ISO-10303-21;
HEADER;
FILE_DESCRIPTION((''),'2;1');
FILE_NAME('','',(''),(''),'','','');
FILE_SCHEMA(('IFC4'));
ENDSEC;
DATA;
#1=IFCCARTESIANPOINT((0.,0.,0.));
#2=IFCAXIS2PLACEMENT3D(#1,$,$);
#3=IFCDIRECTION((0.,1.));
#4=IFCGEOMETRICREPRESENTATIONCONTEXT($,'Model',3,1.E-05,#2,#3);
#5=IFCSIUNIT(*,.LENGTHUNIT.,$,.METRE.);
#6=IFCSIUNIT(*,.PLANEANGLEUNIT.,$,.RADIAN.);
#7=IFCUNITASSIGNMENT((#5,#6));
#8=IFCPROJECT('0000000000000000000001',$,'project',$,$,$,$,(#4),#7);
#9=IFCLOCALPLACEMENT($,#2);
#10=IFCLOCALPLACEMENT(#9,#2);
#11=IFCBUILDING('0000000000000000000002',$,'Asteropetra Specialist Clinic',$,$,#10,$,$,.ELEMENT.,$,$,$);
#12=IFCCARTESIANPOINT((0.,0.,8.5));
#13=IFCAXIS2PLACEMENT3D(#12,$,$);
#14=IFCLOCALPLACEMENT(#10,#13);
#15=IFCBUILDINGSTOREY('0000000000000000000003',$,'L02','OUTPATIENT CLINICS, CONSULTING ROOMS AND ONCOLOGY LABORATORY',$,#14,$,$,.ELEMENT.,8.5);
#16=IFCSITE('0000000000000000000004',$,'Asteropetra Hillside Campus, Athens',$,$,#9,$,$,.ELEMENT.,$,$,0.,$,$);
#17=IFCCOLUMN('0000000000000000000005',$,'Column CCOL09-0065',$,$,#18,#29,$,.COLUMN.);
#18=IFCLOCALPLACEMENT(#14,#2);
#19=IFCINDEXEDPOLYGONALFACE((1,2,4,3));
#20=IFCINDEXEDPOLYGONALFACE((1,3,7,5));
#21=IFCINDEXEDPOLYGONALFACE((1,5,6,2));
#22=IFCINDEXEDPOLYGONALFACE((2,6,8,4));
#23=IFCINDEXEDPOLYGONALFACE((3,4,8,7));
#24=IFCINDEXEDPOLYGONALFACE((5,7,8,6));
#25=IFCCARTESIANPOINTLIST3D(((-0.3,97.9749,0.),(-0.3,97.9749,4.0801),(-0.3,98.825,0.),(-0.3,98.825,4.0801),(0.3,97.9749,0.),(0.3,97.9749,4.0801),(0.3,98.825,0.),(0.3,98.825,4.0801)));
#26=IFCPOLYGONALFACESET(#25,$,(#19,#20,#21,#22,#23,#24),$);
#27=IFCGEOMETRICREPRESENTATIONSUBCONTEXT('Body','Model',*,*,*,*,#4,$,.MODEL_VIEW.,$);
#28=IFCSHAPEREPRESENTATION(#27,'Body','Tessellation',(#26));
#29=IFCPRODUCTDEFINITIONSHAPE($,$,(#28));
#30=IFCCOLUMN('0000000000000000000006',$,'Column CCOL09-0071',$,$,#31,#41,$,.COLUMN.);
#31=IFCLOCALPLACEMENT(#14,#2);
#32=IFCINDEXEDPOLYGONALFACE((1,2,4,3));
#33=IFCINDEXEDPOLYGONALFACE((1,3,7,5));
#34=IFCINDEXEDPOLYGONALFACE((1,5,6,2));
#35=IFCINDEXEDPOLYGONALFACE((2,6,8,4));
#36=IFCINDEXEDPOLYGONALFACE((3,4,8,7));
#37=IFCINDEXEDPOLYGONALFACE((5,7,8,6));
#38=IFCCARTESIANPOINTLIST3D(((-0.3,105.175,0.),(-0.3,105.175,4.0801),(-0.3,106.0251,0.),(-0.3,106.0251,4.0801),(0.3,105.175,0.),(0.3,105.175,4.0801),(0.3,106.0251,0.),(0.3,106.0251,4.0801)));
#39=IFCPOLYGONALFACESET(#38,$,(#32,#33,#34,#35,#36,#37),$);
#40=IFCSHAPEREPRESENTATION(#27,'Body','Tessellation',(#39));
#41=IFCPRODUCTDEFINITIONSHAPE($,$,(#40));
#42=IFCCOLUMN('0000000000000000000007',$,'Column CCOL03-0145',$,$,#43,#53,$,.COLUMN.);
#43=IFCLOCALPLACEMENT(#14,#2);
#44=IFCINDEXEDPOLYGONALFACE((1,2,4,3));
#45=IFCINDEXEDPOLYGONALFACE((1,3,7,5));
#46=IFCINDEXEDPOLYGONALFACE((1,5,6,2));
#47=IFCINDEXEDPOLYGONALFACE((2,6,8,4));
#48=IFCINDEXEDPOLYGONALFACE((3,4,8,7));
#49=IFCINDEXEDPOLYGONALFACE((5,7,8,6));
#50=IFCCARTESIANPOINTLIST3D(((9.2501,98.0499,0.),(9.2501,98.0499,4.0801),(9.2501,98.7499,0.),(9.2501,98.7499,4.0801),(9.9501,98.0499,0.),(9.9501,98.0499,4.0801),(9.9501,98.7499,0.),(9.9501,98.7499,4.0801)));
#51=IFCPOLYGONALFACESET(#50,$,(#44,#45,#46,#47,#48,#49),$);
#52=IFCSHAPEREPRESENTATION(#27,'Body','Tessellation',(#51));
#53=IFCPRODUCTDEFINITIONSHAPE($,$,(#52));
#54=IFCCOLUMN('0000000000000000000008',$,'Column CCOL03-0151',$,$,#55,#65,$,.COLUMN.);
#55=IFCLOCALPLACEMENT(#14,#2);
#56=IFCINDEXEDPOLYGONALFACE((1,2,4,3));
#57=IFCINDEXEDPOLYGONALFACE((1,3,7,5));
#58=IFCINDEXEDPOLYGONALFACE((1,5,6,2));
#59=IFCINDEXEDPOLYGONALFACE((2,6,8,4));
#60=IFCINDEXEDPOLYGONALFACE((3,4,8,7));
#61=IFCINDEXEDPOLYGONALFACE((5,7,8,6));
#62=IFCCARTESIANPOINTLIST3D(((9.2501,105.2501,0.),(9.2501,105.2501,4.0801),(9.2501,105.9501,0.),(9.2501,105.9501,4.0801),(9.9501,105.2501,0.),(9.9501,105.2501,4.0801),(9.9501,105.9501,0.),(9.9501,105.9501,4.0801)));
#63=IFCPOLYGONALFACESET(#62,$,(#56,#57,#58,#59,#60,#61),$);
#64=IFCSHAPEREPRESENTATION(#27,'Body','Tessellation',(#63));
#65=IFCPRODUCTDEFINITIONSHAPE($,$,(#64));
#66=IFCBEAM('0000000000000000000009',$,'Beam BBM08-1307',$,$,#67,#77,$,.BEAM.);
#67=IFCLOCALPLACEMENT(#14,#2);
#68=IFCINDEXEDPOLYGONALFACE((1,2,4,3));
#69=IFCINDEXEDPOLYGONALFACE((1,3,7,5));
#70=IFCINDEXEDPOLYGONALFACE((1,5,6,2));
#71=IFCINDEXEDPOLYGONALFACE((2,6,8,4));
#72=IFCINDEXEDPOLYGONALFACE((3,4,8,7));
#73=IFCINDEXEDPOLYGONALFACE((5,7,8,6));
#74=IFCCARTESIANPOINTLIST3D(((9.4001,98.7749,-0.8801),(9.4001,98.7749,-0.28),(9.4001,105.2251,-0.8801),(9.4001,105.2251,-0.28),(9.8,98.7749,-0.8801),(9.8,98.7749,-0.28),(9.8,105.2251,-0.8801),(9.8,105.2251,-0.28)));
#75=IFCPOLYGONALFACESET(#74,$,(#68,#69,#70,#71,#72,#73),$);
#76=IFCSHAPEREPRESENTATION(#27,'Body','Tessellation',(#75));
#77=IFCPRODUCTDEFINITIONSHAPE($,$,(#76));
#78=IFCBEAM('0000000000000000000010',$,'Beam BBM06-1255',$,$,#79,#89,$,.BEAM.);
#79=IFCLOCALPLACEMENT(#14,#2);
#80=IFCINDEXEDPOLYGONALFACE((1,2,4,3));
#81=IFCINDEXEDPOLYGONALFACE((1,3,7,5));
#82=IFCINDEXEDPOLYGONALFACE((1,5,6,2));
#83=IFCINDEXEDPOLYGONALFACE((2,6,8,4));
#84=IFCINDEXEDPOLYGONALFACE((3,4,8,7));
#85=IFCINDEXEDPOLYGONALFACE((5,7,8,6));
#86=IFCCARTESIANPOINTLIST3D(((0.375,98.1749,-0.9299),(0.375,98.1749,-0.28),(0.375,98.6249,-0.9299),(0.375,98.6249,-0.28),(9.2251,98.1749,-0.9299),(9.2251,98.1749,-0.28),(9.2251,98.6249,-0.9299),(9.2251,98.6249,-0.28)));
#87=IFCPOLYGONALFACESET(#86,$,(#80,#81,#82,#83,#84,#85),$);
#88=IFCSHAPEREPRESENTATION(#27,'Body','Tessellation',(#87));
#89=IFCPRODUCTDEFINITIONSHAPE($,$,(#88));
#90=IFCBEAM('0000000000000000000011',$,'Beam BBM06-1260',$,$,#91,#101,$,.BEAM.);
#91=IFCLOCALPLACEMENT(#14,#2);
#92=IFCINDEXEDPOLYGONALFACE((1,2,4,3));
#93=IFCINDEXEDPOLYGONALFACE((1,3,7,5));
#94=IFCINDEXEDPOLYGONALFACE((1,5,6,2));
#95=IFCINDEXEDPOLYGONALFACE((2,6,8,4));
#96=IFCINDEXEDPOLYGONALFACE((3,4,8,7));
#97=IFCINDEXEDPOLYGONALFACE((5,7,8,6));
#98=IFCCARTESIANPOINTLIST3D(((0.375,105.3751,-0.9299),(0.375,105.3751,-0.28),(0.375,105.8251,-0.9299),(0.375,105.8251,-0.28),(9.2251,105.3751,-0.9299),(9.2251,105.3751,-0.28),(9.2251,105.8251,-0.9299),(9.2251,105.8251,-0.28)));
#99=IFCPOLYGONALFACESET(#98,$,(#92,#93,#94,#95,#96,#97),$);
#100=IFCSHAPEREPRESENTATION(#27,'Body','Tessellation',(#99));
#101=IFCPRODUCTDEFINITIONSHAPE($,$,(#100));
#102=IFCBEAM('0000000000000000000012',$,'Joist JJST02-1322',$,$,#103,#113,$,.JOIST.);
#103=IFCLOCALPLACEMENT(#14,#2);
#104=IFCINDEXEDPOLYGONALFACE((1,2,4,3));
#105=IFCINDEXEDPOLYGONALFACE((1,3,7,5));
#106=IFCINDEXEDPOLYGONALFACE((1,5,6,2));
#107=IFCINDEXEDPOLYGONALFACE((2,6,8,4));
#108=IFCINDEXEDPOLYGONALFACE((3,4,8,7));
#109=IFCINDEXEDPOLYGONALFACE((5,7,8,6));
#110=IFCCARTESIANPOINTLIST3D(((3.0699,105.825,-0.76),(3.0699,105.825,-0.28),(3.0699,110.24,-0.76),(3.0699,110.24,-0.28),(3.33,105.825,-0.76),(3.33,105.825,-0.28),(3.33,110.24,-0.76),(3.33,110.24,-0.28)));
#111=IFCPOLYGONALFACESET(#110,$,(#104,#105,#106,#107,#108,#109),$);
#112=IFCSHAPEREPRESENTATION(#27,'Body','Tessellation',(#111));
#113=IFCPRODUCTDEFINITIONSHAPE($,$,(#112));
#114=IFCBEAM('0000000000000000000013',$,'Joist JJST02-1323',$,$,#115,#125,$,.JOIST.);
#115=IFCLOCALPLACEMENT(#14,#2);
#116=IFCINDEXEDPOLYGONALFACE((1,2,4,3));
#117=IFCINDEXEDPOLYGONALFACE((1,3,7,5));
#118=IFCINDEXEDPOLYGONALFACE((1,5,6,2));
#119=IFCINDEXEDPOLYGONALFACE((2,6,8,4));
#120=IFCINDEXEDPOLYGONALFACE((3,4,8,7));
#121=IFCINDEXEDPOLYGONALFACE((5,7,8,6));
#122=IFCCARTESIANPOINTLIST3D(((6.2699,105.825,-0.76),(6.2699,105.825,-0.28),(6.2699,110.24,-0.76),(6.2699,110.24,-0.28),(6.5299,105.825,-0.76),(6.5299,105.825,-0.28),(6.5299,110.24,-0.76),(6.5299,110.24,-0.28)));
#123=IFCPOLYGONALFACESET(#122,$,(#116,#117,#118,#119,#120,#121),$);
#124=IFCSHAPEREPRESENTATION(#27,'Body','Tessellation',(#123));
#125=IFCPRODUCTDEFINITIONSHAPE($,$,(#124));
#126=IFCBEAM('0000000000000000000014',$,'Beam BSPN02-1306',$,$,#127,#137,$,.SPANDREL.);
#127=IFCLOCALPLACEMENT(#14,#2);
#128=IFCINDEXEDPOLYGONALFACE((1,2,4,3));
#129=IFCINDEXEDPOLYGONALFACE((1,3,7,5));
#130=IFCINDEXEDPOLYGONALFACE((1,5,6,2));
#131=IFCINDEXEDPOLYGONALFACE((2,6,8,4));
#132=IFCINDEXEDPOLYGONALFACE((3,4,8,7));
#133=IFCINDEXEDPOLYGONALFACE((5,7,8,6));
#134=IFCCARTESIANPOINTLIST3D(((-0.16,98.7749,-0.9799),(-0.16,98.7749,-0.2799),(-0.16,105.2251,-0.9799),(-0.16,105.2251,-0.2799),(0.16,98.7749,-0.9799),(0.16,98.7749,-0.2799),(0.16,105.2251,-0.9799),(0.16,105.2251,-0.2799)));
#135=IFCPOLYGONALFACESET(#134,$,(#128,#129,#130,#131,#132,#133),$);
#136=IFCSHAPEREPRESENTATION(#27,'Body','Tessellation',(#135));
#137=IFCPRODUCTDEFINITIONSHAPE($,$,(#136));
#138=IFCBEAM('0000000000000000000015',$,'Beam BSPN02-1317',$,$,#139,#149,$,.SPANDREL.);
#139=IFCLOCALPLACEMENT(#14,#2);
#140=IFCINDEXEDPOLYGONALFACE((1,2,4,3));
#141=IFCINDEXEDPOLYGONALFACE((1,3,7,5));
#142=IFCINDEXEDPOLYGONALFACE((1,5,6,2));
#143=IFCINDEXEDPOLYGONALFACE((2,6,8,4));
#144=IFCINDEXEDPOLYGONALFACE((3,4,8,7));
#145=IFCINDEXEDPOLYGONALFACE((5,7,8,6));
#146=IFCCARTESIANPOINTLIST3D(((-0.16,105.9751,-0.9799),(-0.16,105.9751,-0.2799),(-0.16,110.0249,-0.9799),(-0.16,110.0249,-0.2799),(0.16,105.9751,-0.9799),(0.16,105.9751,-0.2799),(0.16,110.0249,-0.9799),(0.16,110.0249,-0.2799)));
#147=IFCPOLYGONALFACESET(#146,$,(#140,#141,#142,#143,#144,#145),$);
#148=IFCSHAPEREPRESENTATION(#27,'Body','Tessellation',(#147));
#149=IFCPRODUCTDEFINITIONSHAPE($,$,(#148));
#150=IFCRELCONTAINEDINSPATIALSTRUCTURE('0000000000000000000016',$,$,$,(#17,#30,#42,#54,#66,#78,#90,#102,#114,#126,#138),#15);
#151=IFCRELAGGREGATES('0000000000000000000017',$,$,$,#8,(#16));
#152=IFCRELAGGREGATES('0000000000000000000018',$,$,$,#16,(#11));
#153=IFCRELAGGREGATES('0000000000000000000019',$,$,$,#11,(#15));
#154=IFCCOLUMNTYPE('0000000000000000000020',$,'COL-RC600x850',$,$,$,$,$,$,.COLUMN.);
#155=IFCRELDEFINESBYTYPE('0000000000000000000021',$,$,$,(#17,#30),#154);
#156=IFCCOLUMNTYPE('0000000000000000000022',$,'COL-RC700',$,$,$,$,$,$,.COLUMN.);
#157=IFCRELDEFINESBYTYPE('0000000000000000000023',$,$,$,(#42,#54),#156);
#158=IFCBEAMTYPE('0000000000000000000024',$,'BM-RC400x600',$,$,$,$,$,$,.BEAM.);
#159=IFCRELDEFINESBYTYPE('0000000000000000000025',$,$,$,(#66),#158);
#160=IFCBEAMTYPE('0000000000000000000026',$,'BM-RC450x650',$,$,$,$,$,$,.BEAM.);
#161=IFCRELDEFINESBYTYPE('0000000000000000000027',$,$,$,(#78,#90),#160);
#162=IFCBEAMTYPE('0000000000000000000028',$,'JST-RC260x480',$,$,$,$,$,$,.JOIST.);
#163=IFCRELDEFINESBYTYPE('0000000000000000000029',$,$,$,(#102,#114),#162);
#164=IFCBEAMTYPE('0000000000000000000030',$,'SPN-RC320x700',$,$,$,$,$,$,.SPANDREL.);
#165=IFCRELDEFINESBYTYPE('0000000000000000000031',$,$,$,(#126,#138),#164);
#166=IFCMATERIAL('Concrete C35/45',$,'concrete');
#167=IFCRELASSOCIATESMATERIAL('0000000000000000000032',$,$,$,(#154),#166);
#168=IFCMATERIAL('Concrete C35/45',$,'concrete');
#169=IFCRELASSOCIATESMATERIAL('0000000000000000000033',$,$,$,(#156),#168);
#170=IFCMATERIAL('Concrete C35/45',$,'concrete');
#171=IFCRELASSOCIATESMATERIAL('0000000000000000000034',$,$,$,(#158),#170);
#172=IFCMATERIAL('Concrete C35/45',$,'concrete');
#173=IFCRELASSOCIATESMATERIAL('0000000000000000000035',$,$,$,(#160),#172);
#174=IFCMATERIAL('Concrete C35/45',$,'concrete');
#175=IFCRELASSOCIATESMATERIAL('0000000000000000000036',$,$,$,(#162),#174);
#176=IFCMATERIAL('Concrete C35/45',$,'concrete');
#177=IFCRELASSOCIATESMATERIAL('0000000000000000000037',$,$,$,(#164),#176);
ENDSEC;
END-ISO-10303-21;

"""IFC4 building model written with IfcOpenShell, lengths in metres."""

from ifc_helpers import new_model, si_unit, direction, frame, origin, origin_2d, place, context, subcontext, project, spatial, rectangle, extrude, material, material_profile, profile_set, type_object, element, save


model = new_model("IFC4")

# Units and contexts
model_context = context("Model", 3, precision=1e-05, world=origin(), true_north=direction((0.0, 1.0)))
body_context = subcontext(model_context, "Body", "Model", "MODEL_VIEW")
ifc_project = project(units=[si_unit("LENGTHUNIT", "METRE"), si_unit("PLANEANGLEUNIT", "RADIAN")], contexts=[model_context])

# Site, building, storey
site_placement = place(None, origin())
site = spatial("IfcSite", under=ifc_project, at=site_placement, Name="Asteropetra Hillside Campus, Athens", CompositionType="ELEMENT", RefElevation=0.0)
building_placement = place(site_placement, origin())
building = spatial("IfcBuilding", under=site, at=building_placement, Name="Asteropetra Specialist Clinic", CompositionType="ELEMENT")
storey_placement = place(building_placement, frame((0.0, 0.0, 8.5)))
storey = spatial("IfcBuildingStorey", under=building, at=storey_placement, Name="L02", Description="OUTPATIENT CLINICS, CONSULTING ROOMS AND ONCOLOGY LABORATORY", CompositionType="ELEMENT", Elevation=8.5)

# Columns
ifc_material_1 = material(Name="Concrete C35/45", Category="concrete")
ifc_material_profile_1 = material_profile(ifc_material_1, rectangle(XDim=0.6001, YDim=0.8501, at=origin_2d()), Name="RC 600x850")
ifc_profile_set_1 = profile_set([ifc_material_profile_1], Name="Concrete C35/45")
column_type_1 = type_object("IfcColumnType", Name="COL-RC600x850", PredefinedType="COLUMN", material=ifc_profile_set_1)
for number, where, z_axis, x_axis, name in (
    (1, (0.0, 98.3999, 0.0), (0.0, 0.0, 1.0), (1.0, 0.0, 0.0), "Column CCOL09-0065"),
    (2, (0.0, 105.6001, 0.0), (0.0, 0.0, 1.0), (1.0, 0.0, 0.0), "Column CCOL09-0071"),
):
    element("IfcColumn", number, at=place(storey_placement, frame(where, z_axis=z_axis, x_axis=x_axis)), inside=storey, type_object=column_type_1, Name=name, PredefinedType="COLUMN", context=body_context, shape_type="SweptSolid", body=[
        extrude(rectangle(XDim=0.6001, YDim=0.8501, at=origin_2d()), origin(), (0.0, 0.0, 1.0), 4.0801),
    ])
ifc_material_2 = material(Name="Concrete C35/45", Category="concrete")
ifc_material_profile_2 = material_profile(ifc_material_2, rectangle(XDim=0.7, YDim=0.7, at=origin_2d()), Name="RC 700x700")
ifc_profile_set_2 = profile_set([ifc_material_profile_2], Name="Concrete C35/45")
column_type_2 = type_object("IfcColumnType", Name="COL-RC700", PredefinedType="COLUMN", material=ifc_profile_set_2)
for number, where, z_axis, x_axis, name in (
    (3, (9.6001, 98.3999, 0.0), (0.0, 0.0, 1.0), (1.0, 0.0, 0.0), "Column CCOL03-0145"),
    (4, (9.6001, 105.6001, 0.0), (0.0, 0.0, 1.0), (1.0, 0.0, 0.0), "Column CCOL03-0151"),
):
    element("IfcColumn", number, at=place(storey_placement, frame(where, z_axis=z_axis, x_axis=x_axis)), inside=storey, type_object=column_type_2, Name=name, PredefinedType="COLUMN", context=body_context, shape_type="SweptSolid", body=[
        extrude(rectangle(XDim=0.7, YDim=0.7, at=origin_2d()), origin(), (0.0, 0.0, 1.0), 4.0801),
    ])

# Beams
ifc_material_3 = material(Name="Concrete C35/45", Category="concrete")
ifc_material_profile_3 = material_profile(ifc_material_3, rectangle(XDim=0.3999, YDim=0.6001, at=origin_2d()), Name="RCB 400x600")
ifc_profile_set_3 = profile_set([ifc_material_profile_3], Name="Concrete C35/45")
beam_type_1 = type_object("IfcBeamType", Name="BM-RC400x600", PredefinedType="BEAM", material=ifc_profile_set_3)
beam_1_placement = place(storey_placement, frame((9.6001, 98.7749, -0.5801), z_axis=(0.0, 1.0, 0.0), x_axis=(-1.0, 0.0, 0.0)))
element("IfcBeam", 5, at=beam_1_placement, inside=storey, type_object=beam_type_1, Name="Beam BBM08-1307", PredefinedType="BEAM", context=body_context, shape_type="SweptSolid", body=[
    extrude(rectangle(XDim=0.3999, YDim=0.6001, at=origin_2d()), origin(), (0.0, 0.0, 1.0), 6.4502),
])
ifc_material_4 = material(Name="Concrete C35/45", Category="concrete")
ifc_material_profile_4 = material_profile(ifc_material_4, rectangle(XDim=0.45, YDim=0.6499, at=origin_2d()), Name="RCB 450x650")
ifc_profile_set_4 = profile_set([ifc_material_profile_4], Name="Concrete C35/45")
beam_type_2 = type_object("IfcBeamType", Name="BM-RC450x650", PredefinedType="BEAM", material=ifc_profile_set_4)
for number, where, z_axis, x_axis, name in (
    (6, (0.375, 98.3999, -0.605), (1.0, 0.0, 0.0), (0.0, 1.0, 0.0), "Beam BBM06-1255"),
    (7, (0.375, 105.6001, -0.605), (1.0, 0.0, 0.0), (0.0, 1.0, 0.0), "Beam BBM06-1260"),
):
    element("IfcBeam", number, at=place(storey_placement, frame(where, z_axis=z_axis, x_axis=x_axis)), inside=storey, type_object=beam_type_2, Name=name, PredefinedType="BEAM", context=body_context, shape_type="SweptSolid", body=[
        extrude(rectangle(XDim=0.45, YDim=0.6499, at=origin_2d()), origin(), (0.0, 0.0, 1.0), 8.8501),
    ])
ifc_material_5 = material(Name="Concrete C35/45", Category="concrete")
ifc_material_profile_5 = material_profile(ifc_material_5, rectangle(XDim=0.26, YDim=0.48, at=origin_2d()), Name="RCJ 260x480")
ifc_profile_set_5 = profile_set([ifc_material_profile_5], Name="Concrete C35/45")
beam_type_3 = type_object("IfcBeamType", Name="JST-RC260x480", PredefinedType="JOIST", material=ifc_profile_set_5)
for number, where, z_axis, x_axis, name in (
    (8, (3.2, 105.825, -0.52), (0.0, 1.0, 0.0), (-1.0, 0.0, 0.0), "Joist JJST02-1322"),
    (9, (6.3999, 105.825, -0.52), (0.0, 1.0, 0.0), (-1.0, 0.0, 0.0), "Joist JJST02-1323"),
):
    element("IfcBeam", number, at=place(storey_placement, frame(where, z_axis=z_axis, x_axis=x_axis)), inside=storey, type_object=beam_type_3, Name=name, PredefinedType="JOIST", context=body_context, shape_type="SweptSolid", body=[
        extrude(rectangle(XDim=0.26, YDim=0.48, at=origin_2d()), origin(), (0.0, 0.0, 1.0), 4.415),
    ])
ifc_material_6 = material(Name="Concrete C35/45", Category="concrete")
ifc_material_profile_6 = material_profile(ifc_material_6, rectangle(XDim=0.3201, YDim=0.7, at=origin_2d()), Name="RCS 320x700")
ifc_profile_set_6 = profile_set([ifc_material_profile_6], Name="Concrete C35/45")
beam_type_4 = type_object("IfcBeamType", Name="SPN-RC320x700", PredefinedType="SPANDREL", material=ifc_profile_set_6)
beam_2_placement = place(storey_placement, frame((0.0, 98.7749, -0.6299), z_axis=(0.0, 1.0, 0.0), x_axis=(-1.0, 0.0, 0.0)))
element("IfcBeam", 10, at=beam_2_placement, inside=storey, type_object=beam_type_4, Name="Beam BSPN02-1306", PredefinedType="SPANDREL", context=body_context, shape_type="SweptSolid", body=[
    extrude(rectangle(XDim=0.3201, YDim=0.7, at=origin_2d()), origin(), (0.0, 0.0, 1.0), 6.4502),
])
beam_3_placement = place(storey_placement, frame((0.0, 105.9751, -0.6299), z_axis=(0.0, 1.0, 0.0), x_axis=(-1.0, 0.0, 0.0)))
element("IfcBeam", 11, at=beam_3_placement, inside=storey, type_object=beam_type_4, Name="Beam BSPN02-1317", PredefinedType="SPANDREL", context=body_context, shape_type="SweptSolid", body=[
    extrude(rectangle(XDim=0.3201, YDim=0.7, at=origin_2d()), origin(), (0.0, 0.0, 1.0), 4.0498),
])

save(model, "model.ifc")
